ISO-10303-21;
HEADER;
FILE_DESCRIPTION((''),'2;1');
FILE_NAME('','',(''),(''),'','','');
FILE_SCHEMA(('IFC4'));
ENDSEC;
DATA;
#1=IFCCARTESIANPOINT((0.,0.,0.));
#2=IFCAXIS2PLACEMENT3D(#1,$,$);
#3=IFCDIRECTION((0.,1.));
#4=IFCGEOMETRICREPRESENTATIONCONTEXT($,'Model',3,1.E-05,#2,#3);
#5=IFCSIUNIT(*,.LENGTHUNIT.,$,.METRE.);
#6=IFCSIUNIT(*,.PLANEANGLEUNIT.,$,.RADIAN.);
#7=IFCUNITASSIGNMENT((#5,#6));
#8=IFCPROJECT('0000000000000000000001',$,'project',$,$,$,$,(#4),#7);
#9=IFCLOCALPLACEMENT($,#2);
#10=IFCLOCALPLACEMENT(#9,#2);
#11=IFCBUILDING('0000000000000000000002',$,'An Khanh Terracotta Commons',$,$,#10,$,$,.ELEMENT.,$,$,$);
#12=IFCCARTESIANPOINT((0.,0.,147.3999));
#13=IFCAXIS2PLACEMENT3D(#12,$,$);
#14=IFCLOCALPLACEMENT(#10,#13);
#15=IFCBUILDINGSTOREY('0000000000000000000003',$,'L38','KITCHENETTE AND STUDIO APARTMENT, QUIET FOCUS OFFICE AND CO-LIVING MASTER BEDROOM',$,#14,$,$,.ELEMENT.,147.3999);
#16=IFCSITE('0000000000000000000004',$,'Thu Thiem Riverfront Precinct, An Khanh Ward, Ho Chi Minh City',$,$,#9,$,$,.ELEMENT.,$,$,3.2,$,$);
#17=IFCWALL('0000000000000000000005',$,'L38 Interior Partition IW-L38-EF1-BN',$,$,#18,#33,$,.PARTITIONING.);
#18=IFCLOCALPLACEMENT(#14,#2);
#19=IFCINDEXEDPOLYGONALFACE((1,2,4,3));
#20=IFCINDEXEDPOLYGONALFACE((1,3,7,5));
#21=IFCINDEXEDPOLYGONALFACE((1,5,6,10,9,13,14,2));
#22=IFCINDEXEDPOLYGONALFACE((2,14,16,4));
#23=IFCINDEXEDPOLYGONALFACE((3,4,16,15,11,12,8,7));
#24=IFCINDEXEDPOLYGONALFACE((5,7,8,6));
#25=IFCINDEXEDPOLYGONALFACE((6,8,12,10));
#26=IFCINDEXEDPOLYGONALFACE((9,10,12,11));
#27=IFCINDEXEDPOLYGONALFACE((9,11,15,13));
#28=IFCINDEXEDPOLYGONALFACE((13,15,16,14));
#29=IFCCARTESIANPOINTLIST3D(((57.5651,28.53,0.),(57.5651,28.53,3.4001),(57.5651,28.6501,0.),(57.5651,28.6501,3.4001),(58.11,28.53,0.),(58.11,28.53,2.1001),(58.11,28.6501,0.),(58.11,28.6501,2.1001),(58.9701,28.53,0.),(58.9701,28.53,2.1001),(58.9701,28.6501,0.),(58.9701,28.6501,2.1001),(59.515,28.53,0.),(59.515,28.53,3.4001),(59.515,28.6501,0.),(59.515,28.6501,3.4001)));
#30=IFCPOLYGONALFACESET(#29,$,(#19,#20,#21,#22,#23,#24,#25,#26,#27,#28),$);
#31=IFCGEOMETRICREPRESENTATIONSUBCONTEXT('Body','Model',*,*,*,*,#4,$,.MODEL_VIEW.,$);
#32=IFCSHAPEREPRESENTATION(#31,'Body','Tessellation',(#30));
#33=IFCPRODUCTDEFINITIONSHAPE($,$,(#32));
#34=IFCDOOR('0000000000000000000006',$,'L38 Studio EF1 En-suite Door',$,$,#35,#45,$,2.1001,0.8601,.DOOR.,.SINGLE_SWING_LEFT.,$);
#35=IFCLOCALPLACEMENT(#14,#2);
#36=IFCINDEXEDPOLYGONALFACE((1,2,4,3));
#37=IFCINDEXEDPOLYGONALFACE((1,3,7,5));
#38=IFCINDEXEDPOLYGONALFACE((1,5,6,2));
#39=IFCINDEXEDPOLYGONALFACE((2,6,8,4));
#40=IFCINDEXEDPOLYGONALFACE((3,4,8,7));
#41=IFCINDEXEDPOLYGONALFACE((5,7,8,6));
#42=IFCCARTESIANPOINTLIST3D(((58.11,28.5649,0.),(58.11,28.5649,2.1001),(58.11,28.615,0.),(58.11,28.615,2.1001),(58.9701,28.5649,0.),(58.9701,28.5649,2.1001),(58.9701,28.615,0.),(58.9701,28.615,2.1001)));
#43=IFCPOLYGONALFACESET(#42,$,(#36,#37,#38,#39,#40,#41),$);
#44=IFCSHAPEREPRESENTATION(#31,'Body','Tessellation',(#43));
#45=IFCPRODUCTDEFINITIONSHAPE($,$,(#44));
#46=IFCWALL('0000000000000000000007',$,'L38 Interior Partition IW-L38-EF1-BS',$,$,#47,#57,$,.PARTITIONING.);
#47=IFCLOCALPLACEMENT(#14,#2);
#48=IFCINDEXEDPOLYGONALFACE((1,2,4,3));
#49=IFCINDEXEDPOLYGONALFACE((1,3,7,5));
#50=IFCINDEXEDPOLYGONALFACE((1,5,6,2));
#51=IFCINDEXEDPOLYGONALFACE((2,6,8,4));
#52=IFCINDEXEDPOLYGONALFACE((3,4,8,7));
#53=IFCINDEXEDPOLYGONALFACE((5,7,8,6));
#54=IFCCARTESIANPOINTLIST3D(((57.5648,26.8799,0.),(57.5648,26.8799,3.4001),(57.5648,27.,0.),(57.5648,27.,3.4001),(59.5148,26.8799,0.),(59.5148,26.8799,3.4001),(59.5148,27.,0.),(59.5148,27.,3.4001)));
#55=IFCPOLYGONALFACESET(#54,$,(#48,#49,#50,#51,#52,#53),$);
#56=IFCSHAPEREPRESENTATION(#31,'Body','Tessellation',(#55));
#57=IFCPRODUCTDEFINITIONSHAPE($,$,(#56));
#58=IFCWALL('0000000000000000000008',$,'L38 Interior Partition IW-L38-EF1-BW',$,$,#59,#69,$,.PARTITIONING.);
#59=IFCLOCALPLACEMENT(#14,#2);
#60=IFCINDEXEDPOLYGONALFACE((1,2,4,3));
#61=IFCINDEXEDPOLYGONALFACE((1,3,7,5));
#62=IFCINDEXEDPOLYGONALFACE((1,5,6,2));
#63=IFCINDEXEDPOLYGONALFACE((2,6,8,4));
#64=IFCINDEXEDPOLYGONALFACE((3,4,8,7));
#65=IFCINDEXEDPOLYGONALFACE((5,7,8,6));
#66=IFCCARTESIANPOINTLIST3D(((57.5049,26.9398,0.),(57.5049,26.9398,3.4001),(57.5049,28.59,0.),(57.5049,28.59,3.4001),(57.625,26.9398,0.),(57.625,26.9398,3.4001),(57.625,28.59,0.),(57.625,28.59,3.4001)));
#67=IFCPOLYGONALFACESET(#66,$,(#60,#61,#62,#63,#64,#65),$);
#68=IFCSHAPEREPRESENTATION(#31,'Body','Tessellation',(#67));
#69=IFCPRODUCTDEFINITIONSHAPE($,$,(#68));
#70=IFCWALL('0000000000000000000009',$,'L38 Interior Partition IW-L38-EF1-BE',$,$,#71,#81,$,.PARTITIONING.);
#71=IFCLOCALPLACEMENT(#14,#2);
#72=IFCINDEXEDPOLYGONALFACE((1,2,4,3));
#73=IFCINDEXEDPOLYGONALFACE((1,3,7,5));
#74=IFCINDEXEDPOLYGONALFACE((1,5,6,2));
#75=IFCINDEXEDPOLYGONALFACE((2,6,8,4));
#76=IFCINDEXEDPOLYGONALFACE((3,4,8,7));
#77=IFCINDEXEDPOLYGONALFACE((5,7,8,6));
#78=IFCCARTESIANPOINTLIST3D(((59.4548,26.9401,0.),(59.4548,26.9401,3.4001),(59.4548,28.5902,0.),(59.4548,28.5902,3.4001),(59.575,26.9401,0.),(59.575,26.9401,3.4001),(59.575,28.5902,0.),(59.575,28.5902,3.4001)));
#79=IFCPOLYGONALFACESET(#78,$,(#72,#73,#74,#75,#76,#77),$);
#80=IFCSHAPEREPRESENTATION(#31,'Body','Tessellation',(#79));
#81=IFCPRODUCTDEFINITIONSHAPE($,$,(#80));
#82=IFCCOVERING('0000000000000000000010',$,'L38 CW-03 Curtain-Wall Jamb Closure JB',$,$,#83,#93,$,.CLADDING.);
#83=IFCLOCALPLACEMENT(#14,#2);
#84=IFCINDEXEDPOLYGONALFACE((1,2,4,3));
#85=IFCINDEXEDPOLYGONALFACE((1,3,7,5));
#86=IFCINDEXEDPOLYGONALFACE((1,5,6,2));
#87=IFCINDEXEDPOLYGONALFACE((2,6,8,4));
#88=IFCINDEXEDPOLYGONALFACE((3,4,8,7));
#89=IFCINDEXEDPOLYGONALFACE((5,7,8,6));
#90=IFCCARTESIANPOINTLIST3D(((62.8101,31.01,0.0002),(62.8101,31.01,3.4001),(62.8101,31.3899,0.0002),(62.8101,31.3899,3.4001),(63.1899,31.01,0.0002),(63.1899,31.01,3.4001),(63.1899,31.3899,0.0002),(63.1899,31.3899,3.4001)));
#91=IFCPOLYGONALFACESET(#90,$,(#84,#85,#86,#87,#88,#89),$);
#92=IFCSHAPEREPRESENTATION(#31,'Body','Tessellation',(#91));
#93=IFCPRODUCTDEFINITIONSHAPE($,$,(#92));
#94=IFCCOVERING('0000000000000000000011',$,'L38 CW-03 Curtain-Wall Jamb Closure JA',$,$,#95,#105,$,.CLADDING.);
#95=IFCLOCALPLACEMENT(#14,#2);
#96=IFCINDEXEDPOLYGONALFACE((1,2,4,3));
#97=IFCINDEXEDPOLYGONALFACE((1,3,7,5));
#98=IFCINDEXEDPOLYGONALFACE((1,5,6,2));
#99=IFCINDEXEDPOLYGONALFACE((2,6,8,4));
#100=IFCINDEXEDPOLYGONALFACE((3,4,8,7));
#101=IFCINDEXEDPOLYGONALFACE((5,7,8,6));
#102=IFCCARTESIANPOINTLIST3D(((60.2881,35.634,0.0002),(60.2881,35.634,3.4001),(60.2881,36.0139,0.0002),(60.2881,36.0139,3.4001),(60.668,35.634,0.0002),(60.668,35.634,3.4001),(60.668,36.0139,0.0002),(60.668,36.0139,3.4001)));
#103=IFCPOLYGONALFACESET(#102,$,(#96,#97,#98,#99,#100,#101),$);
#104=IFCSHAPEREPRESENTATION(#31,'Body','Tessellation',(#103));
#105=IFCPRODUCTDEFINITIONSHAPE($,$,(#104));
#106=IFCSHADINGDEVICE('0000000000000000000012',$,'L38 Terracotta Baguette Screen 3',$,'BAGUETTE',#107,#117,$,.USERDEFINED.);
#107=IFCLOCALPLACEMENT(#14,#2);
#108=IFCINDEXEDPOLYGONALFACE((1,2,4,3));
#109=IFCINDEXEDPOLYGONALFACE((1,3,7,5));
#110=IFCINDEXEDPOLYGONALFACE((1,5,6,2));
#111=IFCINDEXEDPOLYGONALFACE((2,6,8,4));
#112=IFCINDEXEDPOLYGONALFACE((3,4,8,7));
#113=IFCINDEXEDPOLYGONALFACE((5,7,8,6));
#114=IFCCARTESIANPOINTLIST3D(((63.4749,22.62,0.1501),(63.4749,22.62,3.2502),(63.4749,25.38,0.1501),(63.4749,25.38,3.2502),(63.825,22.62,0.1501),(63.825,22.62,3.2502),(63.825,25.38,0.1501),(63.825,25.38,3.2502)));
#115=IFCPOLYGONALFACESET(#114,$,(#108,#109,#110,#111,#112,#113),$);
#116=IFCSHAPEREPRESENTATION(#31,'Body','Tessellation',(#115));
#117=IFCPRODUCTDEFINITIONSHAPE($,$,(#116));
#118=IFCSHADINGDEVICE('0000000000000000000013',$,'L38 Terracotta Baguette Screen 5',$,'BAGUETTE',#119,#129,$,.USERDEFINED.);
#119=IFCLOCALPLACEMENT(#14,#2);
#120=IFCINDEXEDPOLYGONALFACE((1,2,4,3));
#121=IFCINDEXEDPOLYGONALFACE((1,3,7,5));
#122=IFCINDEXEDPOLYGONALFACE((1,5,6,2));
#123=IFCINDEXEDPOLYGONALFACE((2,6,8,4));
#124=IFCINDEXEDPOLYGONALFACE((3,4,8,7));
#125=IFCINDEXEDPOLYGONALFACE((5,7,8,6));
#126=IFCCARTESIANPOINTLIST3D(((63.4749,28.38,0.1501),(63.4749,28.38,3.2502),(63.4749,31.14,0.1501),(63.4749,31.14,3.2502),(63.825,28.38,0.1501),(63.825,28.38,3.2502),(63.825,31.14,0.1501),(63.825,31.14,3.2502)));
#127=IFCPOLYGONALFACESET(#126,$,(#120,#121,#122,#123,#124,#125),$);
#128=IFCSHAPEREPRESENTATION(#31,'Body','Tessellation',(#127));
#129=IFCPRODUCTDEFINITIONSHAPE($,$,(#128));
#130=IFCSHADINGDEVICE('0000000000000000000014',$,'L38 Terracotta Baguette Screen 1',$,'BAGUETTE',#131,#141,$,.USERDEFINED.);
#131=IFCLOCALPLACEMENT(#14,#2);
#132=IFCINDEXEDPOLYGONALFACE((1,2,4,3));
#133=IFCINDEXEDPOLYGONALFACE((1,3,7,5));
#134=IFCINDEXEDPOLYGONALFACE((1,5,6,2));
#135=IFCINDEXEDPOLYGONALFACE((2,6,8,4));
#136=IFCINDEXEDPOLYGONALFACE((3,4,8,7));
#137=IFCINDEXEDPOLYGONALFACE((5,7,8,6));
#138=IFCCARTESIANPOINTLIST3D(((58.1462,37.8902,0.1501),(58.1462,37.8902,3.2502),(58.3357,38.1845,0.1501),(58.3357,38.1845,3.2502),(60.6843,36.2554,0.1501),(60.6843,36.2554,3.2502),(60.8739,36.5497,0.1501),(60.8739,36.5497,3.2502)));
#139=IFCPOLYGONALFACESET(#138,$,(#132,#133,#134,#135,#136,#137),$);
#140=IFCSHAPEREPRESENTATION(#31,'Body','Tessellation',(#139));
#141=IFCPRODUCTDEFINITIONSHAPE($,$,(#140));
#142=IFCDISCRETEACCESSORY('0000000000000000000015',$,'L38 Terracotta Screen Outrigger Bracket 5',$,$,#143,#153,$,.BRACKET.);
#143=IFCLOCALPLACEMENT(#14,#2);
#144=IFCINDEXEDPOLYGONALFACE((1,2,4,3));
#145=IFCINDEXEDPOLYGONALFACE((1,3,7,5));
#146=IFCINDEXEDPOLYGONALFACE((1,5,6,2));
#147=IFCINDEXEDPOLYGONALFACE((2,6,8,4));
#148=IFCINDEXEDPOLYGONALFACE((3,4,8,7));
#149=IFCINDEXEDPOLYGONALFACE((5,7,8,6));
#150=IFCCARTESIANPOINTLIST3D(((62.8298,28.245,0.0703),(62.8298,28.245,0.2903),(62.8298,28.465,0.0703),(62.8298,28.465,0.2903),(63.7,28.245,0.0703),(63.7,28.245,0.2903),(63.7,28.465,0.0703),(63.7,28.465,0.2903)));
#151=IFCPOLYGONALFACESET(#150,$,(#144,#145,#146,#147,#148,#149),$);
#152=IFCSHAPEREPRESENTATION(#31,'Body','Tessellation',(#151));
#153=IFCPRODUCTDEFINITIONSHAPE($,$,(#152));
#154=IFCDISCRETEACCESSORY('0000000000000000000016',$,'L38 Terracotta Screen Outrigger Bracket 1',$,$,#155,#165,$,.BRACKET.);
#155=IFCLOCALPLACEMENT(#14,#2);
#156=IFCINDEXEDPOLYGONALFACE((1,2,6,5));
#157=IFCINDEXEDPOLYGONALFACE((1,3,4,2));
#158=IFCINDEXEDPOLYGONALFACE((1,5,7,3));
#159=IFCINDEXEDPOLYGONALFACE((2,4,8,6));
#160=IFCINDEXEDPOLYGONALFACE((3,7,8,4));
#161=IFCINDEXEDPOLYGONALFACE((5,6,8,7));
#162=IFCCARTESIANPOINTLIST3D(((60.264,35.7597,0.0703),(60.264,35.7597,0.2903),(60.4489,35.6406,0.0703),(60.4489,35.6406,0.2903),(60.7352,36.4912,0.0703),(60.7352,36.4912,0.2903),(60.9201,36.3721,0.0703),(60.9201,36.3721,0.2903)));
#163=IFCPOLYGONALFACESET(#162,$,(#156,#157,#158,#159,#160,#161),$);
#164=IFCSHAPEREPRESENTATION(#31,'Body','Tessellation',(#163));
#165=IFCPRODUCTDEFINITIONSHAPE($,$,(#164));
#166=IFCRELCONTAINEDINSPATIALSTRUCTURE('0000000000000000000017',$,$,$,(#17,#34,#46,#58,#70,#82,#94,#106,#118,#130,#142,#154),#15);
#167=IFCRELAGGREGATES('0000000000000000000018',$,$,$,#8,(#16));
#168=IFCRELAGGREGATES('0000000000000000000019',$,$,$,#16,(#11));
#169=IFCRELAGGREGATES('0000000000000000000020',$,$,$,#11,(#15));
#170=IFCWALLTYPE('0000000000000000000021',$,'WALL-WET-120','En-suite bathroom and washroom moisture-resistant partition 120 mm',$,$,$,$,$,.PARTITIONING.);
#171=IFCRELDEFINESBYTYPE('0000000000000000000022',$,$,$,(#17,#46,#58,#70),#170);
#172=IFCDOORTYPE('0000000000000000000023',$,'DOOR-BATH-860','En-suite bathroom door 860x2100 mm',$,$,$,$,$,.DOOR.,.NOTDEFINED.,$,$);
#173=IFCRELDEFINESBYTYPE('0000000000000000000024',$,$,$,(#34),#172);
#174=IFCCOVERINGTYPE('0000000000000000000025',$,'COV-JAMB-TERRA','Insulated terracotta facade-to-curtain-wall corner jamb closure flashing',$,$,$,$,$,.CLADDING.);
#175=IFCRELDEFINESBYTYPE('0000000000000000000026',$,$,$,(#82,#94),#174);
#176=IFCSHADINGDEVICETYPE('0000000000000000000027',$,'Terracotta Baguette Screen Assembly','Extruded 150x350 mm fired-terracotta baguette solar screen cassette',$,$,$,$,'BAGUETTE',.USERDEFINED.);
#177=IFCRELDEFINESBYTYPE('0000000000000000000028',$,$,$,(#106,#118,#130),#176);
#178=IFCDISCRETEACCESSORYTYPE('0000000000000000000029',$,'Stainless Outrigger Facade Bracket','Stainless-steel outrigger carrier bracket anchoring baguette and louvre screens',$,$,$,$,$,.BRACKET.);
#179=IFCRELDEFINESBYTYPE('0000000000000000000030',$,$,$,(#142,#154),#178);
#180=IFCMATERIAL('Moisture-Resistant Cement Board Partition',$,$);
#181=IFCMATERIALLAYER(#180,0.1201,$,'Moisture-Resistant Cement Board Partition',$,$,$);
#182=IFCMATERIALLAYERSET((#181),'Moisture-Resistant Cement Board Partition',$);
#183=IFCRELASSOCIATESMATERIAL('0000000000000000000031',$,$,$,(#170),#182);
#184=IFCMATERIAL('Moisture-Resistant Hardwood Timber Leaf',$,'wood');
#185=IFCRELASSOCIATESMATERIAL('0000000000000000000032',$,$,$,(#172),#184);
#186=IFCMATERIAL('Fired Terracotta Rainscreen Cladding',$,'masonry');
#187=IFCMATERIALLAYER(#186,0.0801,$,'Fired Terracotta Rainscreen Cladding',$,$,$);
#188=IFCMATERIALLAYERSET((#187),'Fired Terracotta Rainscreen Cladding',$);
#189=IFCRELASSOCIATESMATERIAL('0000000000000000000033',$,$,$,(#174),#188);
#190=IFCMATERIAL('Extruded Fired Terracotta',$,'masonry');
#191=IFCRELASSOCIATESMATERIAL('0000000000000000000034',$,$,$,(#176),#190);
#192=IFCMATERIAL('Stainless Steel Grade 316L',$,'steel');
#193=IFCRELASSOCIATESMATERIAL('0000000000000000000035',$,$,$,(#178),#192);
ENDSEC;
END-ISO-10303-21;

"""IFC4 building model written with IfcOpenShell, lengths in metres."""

from ifc_helpers import new_model, si_unit, direction, frame, frame_2d, origin, origin_2d, place, context, subcontext, project, spatial, rectangle, extrude, material, layer, layer_set, type_object, element, fill, save


model = new_model("IFC4")

# Units and contexts
model_context = context("Model", 3, precision=1e-05, world=origin(), true_north=direction((0.0, 1.0)))
body_context = subcontext(model_context, "Body", "Model", "MODEL_VIEW")
ifc_project = project(units=[si_unit("LENGTHUNIT", "METRE"), si_unit("PLANEANGLEUNIT", "RADIAN")], contexts=[model_context])

# Site, building, storey
site_placement = place(None, origin())
site = spatial("IfcSite", under=ifc_project, at=site_placement, Name="Thu Thiem Riverfront Precinct, An Khanh Ward, Ho Chi Minh City", CompositionType="ELEMENT", RefElevation=3.2)
building_placement = place(site_placement, origin())
building = spatial("IfcBuilding", under=site, at=building_placement, Name="An Khanh Terracotta Commons", CompositionType="ELEMENT")
storey_placement = place(building_placement, frame((0.0, 0.0, 147.3999)))
storey = spatial("IfcBuildingStorey", under=building, at=storey_placement, Name="L38", Description="KITCHENETTE AND STUDIO APARTMENT, QUIET FOCUS OFFICE AND CO-LIVING MASTER BEDROOM", CompositionType="ELEMENT", Elevation=147.3999)

# Wall, opening, door
ifc_material_1 = material(Name="Moisture-Resistant Cement Board Partition")
ifc_layer_1 = layer(ifc_material_1, 0.1201, Name="Moisture-Resistant Cement Board Partition")
ifc_layer_set_1 = layer_set([ifc_layer_1], Name="Moisture-Resistant Cement Board Partition")
wall_type_1 = type_object("IfcWallType", Name="WALL-WET-120", Description="En-suite bathroom and washroom moisture-resistant partition 120 mm", PredefinedType="PARTITIONING", material=ifc_layer_set_1)
wall_1_placement = place(storey_placement, frame((57.5649, 28.5901, 0.0), z_axis=(0.0, 0.0, 1.0), x_axis=(1.0, 0.0, 0.0)))
wall_1 = element("IfcWall", 1, at=wall_1_placement, inside=storey, type_object=wall_type_1, Name="L38 Interior Partition IW-L38-EF1-BN", PredefinedType="PARTITIONING", context=body_context, shape_type="SweptSolid", body=[
    extrude(rectangle(XDim=1.95, YDim=0.1201, at=frame_2d((0.9751, 0.0))), origin(), (0.0, 0.0, 1.0), 3.4001),
])
opening_placement = place(wall_1_placement, frame((0.5449, 0.0, 0.0)))
opening = element("IfcOpeningElement", 2, at=opening_placement, cuts=wall_1, PredefinedType="OPENING", context=body_context, shape_type="SweptSolid", body=[
    extrude(rectangle(XDim=0.8601, YDim=2.1001, at=frame_2d((0.4302, 1.05))), frame((0.0, 0.0701, 0.0), z_axis=(0.0, -1.0, 0.0), x_axis=(1.0, 0.0, 0.0)), (0.0, 0.0, 1.0), 0.1401),
])
ifc_material_2 = material(Name="Moisture-Resistant Hardwood Timber Leaf", Category="wood")
door_type = type_object("IfcDoorType", Name="DOOR-BATH-860", Description="En-suite bathroom door 860x2100 mm", OperationType="NOTDEFINED", PredefinedType="DOOR", material=ifc_material_2)
door_placement = place(opening_placement, origin())
door = element("IfcDoor", 3, at=door_placement, inside=storey, type_object=door_type, Name="L38 Studio EF1 En-suite Door", OperationType="SINGLE_SWING_LEFT", OverallHeight=2.1001, OverallWidth=0.8601, PredefinedType="DOOR", context=body_context, shape_type="SweptSolid", body=[
    extrude(rectangle(XDim=0.8601, YDim=2.1001, at=frame_2d((0.4302, 1.05))), frame((0.0, 0.0249, 0.0), z_axis=(0.0, -1.0, 0.0), x_axis=(1.0, 0.0, 0.0)), (0.0, 0.0, 1.0), 0.05),
])
fill(opening, door)

# Walls
wall_2_placement = place(storey_placement, frame((59.5149, 26.9399, 0.0), z_axis=(0.0, 0.0, 1.0), x_axis=(-1.0, 0.0, 0.0)))
element("IfcWall", 4, at=wall_2_placement, inside=storey, type_object=wall_type_1, Name="L38 Interior Partition IW-L38-EF1-BS", PredefinedType="PARTITIONING", context=body_context, shape_type="SweptSolid", body=[
    extrude(rectangle(XDim=1.95, YDim=0.1201, at=frame_2d((0.9751, 0.0))), origin(), (0.0, 0.0, 1.0), 3.4001),
])
for number, where, z_axis, x_axis, name in (
    (5, (57.5649, 28.5901, 0.0), (0.0, 0.0, 1.0), (0.0, -1.0, 0.0), "L38 Interior Partition IW-L38-EF1-BW"),
    (6, (59.5149, 26.9399, 0.0), (0.0, 0.0, 1.0), (0.0, 1.0, 0.0), "L38 Interior Partition IW-L38-EF1-BE"),
):
    element("IfcWall", number, at=place(storey_placement, frame(where, z_axis=z_axis, x_axis=x_axis)), inside=storey, type_object=wall_type_1, Name=name, PredefinedType="PARTITIONING", context=body_context, shape_type="SweptSolid", body=[
        extrude(rectangle(XDim=1.6501, YDim=0.1201, at=frame_2d((0.8252, 0.0))), origin(), (0.0, 0.0, 1.0), 3.4001),
    ])

# Coverings
ifc_material_3 = material(Name="Fired Terracotta Rainscreen Cladding", Category="masonry")
ifc_layer_2 = layer(ifc_material_3, 0.0801, Name="Fired Terracotta Rainscreen Cladding")
ifc_layer_set_2 = layer_set([ifc_layer_2], Name="Fired Terracotta Rainscreen Cladding")
covering_type = type_object("IfcCoveringType", Name="COV-JAMB-TERRA", Description="Insulated terracotta facade-to-curtain-wall corner jamb closure flashing", PredefinedType="CLADDING", material=ifc_layer_set_2)
for number, where, z_axis, x_axis, name in (
    (7, (63.0, 31.2, 0.0002), (0.0, 0.0, 1.0), (1.0, 0.0, 0.0), "L38 CW-03 Curtain-Wall Jamb Closure JB"),
    (8, (60.478, 35.824, 0.0002), (0.0, 0.0, 1.0), (1.0, 0.0, 0.0), "L38 CW-03 Curtain-Wall Jamb Closure JA"),
):
    element("IfcCovering", number, at=place(storey_placement, frame(where, z_axis=z_axis, x_axis=x_axis)), inside=storey, type_object=covering_type, Name=name, PredefinedType="CLADDING", context=body_context, shape_type="SweptSolid", body=[
        extrude(rectangle(XDim=0.3799, YDim=0.3799, at=origin_2d()), origin(), (0.0, 0.0, 1.0), 3.3999),
    ])

# Shading devices
ifc_material_4 = material(Name="Extruded Fired Terracotta", Category="masonry")
shading_device_type = type_object("IfcShadingDeviceType", Name="Terracotta Baguette Screen Assembly", Description="Extruded 150x350 mm fired-terracotta baguette solar screen cassette", ElementType="BAGUETTE", PredefinedType="USERDEFINED", material=ifc_material_4)
for number, where, z_axis, x_axis, name in (
    (9, (63.6499, 24.0, 0.1501), (0.0, 0.0, 1.0), (0.0, 1.0, 0.0), "L38 Terracotta Baguette Screen 3"),
    (10, (63.6499, 29.76, 0.1501), (0.0, 0.0, 1.0), (0.0, 1.0, 0.0), "L38 Terracotta Baguette Screen 5"),
):
    element("IfcShadingDevice", number, at=place(storey_placement, frame(where, z_axis=z_axis, x_axis=x_axis)), inside=storey, type_object=shading_device_type, Name=name, ObjectType="BAGUETTE", PredefinedType="USERDEFINED", context=body_context, shape_type="SweptSolid", body=[
        extrude(rectangle(XDim=2.76, YDim=0.3501, at=origin_2d()), origin(), (0.0, 0.0, 1.0), 3.1001),
    ])
shading_device_placement = place(storey_placement, frame((59.51, 37.22, 0.1501), z_axis=(0.0, 0.0, 1.0), x_axis=(-0.840702, 0.541498, 0.0)))
element("IfcShadingDevice", 11, at=shading_device_placement, inside=storey, type_object=shading_device_type, Name="L38 Terracotta Baguette Screen 1", ObjectType="BAGUETTE", PredefinedType="USERDEFINED", context=body_context, shape_type="SweptSolid", body=[
    extrude(rectangle(XDim=3.019, YDim=0.3501, at=origin_2d()), origin(), (0.0, 0.0, 1.0), 3.1001),
])

# Discrete accessories
ifc_material_5 = material(Name="Stainless Steel Grade 316L", Category="steel")
discrete_accessory_type = type_object("IfcDiscreteAccessoryType", Name="Stainless Outrigger Facade Bracket", Description="Stainless-steel outrigger carrier bracket anchoring baguette and louvre screens", PredefinedType="BRACKET", material=ifc_material_5)
for number, where, z_axis, x_axis, name in (
    (12, (63.2649, 28.355, 0.0703), (0.0, 0.0, 1.0), (0.0, 1.0, 0.0), "L38 Terracotta Screen Outrigger Bracket 5"),
    (13, (60.592, 36.0659, 0.0703), (0.0, 0.0, 1.0), (-0.840702, 0.541498, 0.0), "L38 Terracotta Screen Outrigger Bracket 1"),
):
    element("IfcDiscreteAccessory", number, at=place(storey_placement, frame(where, z_axis=z_axis, x_axis=x_axis)), inside=storey, type_object=discrete_accessory_type, Name=name, PredefinedType="BRACKET", context=body_context, shape_type="SweptSolid", body=[
        extrude(rectangle(XDim=0.22, YDim=0.8701, at=origin_2d()), origin(), (0.0, 0.0, 1.0), 0.22),
    ])

save(model, "model.ifc")
